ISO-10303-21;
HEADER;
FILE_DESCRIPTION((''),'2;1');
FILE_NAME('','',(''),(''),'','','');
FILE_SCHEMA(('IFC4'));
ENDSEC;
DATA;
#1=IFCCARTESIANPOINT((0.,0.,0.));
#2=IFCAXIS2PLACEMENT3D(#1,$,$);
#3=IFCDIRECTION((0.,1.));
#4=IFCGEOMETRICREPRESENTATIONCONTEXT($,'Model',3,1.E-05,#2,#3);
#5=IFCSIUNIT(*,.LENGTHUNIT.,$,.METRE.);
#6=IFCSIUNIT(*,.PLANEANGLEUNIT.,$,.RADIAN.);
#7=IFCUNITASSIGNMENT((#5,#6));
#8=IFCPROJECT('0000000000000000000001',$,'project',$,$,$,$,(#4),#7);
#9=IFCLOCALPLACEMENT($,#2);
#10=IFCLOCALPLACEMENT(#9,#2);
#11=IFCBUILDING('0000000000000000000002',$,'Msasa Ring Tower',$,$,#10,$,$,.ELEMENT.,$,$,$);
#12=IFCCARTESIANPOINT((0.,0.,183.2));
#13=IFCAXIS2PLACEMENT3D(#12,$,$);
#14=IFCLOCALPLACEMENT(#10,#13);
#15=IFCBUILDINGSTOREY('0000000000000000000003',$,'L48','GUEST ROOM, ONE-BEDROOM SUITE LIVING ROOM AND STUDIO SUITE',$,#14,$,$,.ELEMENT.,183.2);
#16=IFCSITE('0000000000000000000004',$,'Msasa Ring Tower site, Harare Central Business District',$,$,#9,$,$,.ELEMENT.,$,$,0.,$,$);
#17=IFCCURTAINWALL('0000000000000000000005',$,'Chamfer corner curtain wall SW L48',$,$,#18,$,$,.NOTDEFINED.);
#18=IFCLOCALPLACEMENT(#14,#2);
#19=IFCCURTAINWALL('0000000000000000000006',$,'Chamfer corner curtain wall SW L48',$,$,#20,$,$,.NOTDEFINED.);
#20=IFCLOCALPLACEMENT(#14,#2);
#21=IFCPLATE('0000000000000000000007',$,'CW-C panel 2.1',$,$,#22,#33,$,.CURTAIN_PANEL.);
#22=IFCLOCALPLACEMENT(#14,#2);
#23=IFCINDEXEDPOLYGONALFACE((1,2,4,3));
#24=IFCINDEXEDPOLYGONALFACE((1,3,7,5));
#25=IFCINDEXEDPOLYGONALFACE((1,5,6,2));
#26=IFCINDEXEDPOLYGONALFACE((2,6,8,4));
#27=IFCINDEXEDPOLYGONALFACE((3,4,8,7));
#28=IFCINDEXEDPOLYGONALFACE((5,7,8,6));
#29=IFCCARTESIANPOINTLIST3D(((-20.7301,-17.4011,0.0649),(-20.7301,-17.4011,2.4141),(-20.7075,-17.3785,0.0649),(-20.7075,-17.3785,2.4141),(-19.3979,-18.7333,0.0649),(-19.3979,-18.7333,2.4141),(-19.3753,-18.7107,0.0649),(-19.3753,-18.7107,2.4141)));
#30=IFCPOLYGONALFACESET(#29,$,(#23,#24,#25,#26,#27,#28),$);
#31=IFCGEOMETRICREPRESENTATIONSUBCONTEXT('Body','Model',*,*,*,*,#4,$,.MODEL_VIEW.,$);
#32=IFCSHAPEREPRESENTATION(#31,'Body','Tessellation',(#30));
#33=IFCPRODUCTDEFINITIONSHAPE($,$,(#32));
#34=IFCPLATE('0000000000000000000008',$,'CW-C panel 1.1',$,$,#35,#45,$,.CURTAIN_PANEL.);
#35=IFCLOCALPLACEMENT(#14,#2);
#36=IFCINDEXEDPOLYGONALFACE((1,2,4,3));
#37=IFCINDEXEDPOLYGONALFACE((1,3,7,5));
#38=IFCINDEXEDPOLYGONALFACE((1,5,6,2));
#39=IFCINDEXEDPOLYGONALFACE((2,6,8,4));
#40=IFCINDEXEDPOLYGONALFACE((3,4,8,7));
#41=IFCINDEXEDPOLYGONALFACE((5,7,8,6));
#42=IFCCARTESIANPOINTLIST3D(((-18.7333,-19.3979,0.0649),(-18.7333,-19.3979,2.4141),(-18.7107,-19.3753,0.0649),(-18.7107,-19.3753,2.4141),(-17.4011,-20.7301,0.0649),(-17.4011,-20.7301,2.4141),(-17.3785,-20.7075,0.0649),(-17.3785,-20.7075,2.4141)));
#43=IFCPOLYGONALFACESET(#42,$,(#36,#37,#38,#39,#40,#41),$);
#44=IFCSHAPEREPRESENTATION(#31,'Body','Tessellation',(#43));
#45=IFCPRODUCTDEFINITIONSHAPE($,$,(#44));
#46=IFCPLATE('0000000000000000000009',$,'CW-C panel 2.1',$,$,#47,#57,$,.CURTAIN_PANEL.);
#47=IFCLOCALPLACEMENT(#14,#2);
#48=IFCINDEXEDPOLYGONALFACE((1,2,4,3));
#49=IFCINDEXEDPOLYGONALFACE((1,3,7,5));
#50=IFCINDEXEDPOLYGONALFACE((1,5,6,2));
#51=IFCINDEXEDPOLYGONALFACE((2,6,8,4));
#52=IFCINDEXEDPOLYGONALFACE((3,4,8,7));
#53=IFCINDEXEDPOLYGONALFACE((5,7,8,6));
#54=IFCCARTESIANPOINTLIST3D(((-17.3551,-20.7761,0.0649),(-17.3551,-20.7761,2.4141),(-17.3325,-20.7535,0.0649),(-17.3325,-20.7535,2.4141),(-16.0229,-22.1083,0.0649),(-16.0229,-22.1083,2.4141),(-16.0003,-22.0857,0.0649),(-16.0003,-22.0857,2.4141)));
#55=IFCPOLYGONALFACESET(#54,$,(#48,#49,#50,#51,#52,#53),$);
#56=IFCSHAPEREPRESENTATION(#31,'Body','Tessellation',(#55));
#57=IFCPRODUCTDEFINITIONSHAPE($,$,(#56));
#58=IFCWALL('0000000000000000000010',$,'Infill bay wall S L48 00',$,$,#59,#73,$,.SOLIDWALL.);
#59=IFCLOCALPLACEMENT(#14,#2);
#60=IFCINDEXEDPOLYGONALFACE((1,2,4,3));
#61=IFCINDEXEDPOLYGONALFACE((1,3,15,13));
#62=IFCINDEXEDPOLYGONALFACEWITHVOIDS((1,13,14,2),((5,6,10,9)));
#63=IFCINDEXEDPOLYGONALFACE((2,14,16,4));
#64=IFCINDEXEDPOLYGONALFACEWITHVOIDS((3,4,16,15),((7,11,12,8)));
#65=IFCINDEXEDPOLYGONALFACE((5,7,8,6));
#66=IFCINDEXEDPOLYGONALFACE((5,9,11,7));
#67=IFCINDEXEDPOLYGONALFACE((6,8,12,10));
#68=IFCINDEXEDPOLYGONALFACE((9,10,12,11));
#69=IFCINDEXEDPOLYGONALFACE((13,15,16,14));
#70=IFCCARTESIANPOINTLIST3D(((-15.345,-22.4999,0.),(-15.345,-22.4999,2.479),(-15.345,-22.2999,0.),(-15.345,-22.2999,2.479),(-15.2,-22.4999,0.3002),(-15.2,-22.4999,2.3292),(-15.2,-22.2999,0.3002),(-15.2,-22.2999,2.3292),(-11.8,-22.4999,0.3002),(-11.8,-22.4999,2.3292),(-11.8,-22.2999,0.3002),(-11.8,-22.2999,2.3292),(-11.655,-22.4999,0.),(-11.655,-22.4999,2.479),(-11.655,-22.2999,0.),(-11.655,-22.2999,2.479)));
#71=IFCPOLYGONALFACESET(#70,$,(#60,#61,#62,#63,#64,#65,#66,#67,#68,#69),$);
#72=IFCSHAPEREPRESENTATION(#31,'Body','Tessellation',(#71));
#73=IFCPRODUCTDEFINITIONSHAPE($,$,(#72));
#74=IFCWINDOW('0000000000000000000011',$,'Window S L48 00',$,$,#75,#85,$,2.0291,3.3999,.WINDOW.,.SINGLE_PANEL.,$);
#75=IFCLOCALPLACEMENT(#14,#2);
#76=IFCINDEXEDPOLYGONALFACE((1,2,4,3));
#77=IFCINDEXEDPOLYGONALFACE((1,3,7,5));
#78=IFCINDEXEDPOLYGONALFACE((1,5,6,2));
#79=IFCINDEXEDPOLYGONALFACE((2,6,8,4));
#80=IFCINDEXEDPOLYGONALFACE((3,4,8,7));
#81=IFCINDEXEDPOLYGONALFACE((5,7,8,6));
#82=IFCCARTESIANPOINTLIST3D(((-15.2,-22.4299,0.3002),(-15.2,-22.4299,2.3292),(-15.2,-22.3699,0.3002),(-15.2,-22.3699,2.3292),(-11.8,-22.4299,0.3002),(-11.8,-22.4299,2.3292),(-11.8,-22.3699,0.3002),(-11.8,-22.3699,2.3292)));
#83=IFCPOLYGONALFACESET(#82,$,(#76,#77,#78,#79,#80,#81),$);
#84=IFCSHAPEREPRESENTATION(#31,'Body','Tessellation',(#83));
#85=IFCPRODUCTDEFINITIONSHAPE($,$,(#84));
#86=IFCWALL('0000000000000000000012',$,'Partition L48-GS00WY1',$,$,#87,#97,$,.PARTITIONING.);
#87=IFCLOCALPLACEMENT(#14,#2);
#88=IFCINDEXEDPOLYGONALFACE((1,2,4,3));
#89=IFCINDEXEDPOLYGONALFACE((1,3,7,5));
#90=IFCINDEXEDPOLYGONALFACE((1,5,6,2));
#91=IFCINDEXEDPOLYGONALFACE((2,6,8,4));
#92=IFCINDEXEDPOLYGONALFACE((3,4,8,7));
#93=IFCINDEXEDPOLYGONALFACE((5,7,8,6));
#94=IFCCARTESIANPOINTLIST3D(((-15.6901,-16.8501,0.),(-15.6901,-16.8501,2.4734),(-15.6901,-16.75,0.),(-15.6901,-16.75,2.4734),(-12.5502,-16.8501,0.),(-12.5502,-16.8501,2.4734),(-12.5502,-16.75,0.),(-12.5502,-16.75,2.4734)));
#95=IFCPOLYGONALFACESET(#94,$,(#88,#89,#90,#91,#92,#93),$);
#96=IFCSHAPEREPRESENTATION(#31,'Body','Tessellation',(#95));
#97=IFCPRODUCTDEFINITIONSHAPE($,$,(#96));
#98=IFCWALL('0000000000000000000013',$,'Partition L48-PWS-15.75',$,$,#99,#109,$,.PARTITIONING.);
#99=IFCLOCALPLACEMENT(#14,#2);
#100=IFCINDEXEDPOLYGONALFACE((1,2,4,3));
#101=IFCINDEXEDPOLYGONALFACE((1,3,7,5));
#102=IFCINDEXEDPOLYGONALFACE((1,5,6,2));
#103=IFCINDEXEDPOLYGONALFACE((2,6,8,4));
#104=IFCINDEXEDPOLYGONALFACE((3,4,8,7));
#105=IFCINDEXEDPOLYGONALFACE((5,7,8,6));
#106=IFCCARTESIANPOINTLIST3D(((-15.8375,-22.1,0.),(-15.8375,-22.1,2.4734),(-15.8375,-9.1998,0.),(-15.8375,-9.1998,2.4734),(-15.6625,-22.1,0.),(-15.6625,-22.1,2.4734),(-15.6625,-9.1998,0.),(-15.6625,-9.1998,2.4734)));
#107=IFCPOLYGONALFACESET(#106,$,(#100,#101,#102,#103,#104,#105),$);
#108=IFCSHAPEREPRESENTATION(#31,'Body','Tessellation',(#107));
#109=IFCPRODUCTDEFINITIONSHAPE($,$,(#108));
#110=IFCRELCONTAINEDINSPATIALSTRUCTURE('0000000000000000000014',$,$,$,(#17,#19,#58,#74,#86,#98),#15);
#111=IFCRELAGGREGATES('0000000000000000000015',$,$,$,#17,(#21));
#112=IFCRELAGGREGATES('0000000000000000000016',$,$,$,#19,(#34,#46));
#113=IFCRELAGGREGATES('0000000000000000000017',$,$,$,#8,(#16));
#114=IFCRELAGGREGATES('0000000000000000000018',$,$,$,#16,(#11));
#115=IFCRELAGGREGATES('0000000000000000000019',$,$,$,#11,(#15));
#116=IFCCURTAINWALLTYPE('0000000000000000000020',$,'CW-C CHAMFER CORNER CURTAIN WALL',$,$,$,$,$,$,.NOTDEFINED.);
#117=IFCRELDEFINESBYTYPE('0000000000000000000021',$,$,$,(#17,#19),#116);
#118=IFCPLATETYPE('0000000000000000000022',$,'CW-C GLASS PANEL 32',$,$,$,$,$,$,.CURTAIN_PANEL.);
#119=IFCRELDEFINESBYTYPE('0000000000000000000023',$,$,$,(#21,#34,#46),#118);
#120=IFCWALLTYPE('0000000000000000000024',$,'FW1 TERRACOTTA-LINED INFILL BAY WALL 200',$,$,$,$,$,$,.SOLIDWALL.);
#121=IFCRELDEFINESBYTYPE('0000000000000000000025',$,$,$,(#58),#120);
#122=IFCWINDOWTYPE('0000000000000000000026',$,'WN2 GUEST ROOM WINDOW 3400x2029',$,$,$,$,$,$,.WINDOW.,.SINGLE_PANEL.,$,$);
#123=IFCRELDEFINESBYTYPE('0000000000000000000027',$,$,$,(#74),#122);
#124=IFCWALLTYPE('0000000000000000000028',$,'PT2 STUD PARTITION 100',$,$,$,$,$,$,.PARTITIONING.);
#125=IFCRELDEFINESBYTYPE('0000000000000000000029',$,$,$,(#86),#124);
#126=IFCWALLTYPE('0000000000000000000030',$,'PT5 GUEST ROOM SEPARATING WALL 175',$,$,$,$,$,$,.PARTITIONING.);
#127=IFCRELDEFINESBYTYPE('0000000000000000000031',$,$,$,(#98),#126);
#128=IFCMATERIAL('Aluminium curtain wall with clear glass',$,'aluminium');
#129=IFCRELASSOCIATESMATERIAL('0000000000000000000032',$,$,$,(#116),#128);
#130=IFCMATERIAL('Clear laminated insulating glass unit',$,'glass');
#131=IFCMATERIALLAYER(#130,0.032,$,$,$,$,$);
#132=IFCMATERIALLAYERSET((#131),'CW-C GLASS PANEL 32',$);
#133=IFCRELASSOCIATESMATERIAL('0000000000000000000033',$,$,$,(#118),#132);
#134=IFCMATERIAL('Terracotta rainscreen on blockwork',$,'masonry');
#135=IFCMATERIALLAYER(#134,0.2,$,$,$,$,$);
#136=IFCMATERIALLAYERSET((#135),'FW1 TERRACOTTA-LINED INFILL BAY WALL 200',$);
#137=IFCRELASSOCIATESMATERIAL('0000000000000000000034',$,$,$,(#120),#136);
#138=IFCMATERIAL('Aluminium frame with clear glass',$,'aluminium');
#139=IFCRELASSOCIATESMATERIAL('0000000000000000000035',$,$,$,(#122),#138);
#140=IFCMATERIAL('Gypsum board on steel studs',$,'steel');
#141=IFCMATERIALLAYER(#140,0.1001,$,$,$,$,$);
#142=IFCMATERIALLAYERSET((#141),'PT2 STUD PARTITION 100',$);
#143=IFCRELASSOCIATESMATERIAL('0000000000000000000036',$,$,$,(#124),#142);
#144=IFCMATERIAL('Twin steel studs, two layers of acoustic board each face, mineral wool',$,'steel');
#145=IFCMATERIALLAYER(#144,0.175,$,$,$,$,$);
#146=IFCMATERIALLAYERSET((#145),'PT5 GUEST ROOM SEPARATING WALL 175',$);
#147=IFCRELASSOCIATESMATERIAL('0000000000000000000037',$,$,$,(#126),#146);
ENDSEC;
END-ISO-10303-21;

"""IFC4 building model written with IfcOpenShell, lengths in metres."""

from ifc_helpers import new_model, si_unit, direction, frame, frame_2d, origin, origin_2d, place, context, subcontext, project, spatial, rectangle, extrude, material, layer, layer_set, type_object, element, fill, aggregate, save


model = new_model("IFC4")

# Units and contexts
model_context = context("Model", 3, precision=1e-05, world=origin(), true_north=direction((0.0, 1.0)))
body_context = subcontext(model_context, "Body", "Model", "MODEL_VIEW")
ifc_project = project(units=[si_unit("LENGTHUNIT", "METRE"), si_unit("PLANEANGLEUNIT", "RADIAN")], contexts=[model_context])

# Site, building, storey
site_placement = place(None, origin())
site = spatial("IfcSite", under=ifc_project, at=site_placement, Name="Msasa Ring Tower site, Harare Central Business District", CompositionType="ELEMENT", RefElevation=0.0)
building_placement = place(site_placement, origin())
building = spatial("IfcBuilding", under=site, at=building_placement, Name="Msasa Ring Tower", CompositionType="ELEMENT")
storey_placement = place(building_placement, frame((0.0, 0.0, 183.2)))
storey = spatial("IfcBuildingStorey", under=building, at=storey_placement, Name="L48", Description="GUEST ROOM, ONE-BEDROOM SUITE LIVING ROOM AND STUDIO SUITE", CompositionType="ELEMENT", Elevation=183.2)

# Curtain walls
ifc_material_1 = material(Name="Aluminium curtain wall with clear glass", Category="aluminium")
curtain_wall_type = type_object("IfcCurtainWallType", Name="CW-C CHAMFER CORNER CURTAIN WALL", PredefinedType="NOTDEFINED", material=ifc_material_1)
curtain_wall_1_placement = place(storey_placement, origin())
curtain_wall_1 = element("IfcCurtainWall", 1, at=curtain_wall_1_placement, inside=storey, type_object=curtain_wall_type, Name="Chamfer corner curtain wall SW L48", PredefinedType="NOTDEFINED")
curtain_wall_2_placement = place(storey_placement, origin())
curtain_wall_2 = element("IfcCurtainWall", 2, at=curtain_wall_2_placement, inside=storey, type_object=curtain_wall_type, Name="Chamfer corner curtain wall SW L48", PredefinedType="NOTDEFINED")

# Plates
ifc_material_2 = material(Name="Clear laminated insulating glass unit", Category="glass")
ifc_layer_1 = layer(ifc_material_2, 0.032)
ifc_layer_set_1 = layer_set([ifc_layer_1], Name="CW-C GLASS PANEL 32")
plate_type = type_object("IfcPlateType", Name="CW-C GLASS PANEL 32", PredefinedType="CURTAIN_PANEL", material=ifc_layer_set_1)
plate_1_placement = place(storey_placement, frame((-20.0527, -18.0559, 0.0649), z_axis=(0.0, 0.0, 1.0), x_axis=(0.707107, -0.707107, 0.0)))
plate_1 = element("IfcPlate", 3, at=plate_1_placement, type_object=plate_type, Name="CW-C panel 2.1", PredefinedType="CURTAIN_PANEL", context=body_context, shape_type="SweptSolid", body=[
    extrude(rectangle(XDim=1.884, YDim=0.032, at=origin_2d()), origin(), (0.0, 0.0, 1.0), 2.3491),
])
aggregate(curtain_wall_1, [plate_1])
plate_2_placement = place(storey_placement, frame((-18.0559, -20.0527, 0.0649), z_axis=(0.0, 0.0, 1.0), x_axis=(0.707107, -0.707107, 0.0)))
plate_2 = element("IfcPlate", 4, at=plate_2_placement, type_object=plate_type, Name="CW-C panel 1.1", PredefinedType="CURTAIN_PANEL", context=body_context, shape_type="SweptSolid", body=[
    extrude(rectangle(XDim=1.884, YDim=0.032, at=origin_2d()), origin(), (0.0, 0.0, 1.0), 2.3491),
])
plate_3_placement = place(storey_placement, frame((-16.6777, -21.4309, 0.0649), z_axis=(0.0, 0.0, 1.0), x_axis=(0.707107, -0.707107, 0.0)))
plate_3 = element("IfcPlate", 5, at=plate_3_placement, type_object=plate_type, Name="CW-C panel 2.1", PredefinedType="CURTAIN_PANEL", context=body_context, shape_type="SweptSolid", body=[
    extrude(rectangle(XDim=1.884, YDim=0.032, at=origin_2d()), origin(), (0.0, 0.0, 1.0), 2.3491),
])
aggregate(curtain_wall_2, [plate_2, plate_3])

# Wall, opening, window
ifc_material_3 = material(Name="Terracotta rainscreen on blockwork", Category="masonry")
ifc_layer_2 = layer(ifc_material_3, 0.2)
ifc_layer_set_2 = layer_set([ifc_layer_2], Name="FW1 TERRACOTTA-LINED INFILL BAY WALL 200")
wall_type_1 = type_object("IfcWallType", Name="FW1 TERRACOTTA-LINED INFILL BAY WALL 200", PredefinedType="SOLIDWALL", material=ifc_layer_set_2)
wall_1_placement = place(storey_placement, frame((-15.345, -22.3999, 0.0), z_axis=(0.0, 0.0, 1.0), x_axis=(1.0, 0.0, 0.0)))
wall_1 = element("IfcWall", 6, at=wall_1_placement, inside=storey, type_object=wall_type_1, Name="Infill bay wall S L48 00", PredefinedType="SOLIDWALL", context=body_context, shape_type="SweptSolid", body=[
    extrude(rectangle(XDim=3.6899, YDim=0.2, at=frame_2d((1.845, 0.0))), origin(), (0.0, 0.0, 1.0), 2.479),
])
opening_placement = place(wall_1_placement, frame((0.145, 0.0, 0.3)))
opening = element("IfcOpeningElement", 7, at=opening_placement, cuts=wall_1, PredefinedType="OPENING", context=body_context, shape_type="SweptSolid", body=[
    extrude(rectangle(XDim=3.3999, YDim=2.0291, at=frame_2d((1.7, 1.0146))), frame((0.0, 0.1099, 0.0), z_axis=(0.0, -1.0, 0.0), x_axis=(1.0, 0.0, 0.0)), (0.0, 0.0, 1.0), 0.22),
])
ifc_material_4 = material(Name="Aluminium frame with clear glass", Category="aluminium")
window_type = type_object("IfcWindowType", Name="WN2 GUEST ROOM WINDOW 3400x2029", PartitioningType="SINGLE_PANEL", PredefinedType="WINDOW", material=ifc_material_4)
window_placement = place(opening_placement, origin())
window = element("IfcWindow", 8, at=window_placement, inside=storey, type_object=window_type, Name="Window S L48 00", OverallHeight=2.0291, OverallWidth=3.3999, PartitioningType="SINGLE_PANEL", PredefinedType="WINDOW", context=body_context, shape_type="SweptSolid", body=[
    extrude(rectangle(XDim=3.3999, YDim=2.0291, at=frame_2d((1.7, 1.0146))), frame((0.0, 0.03, 0.0), z_axis=(0.0, -1.0, 0.0), x_axis=(1.0, 0.0, 0.0)), (0.0, 0.0, 1.0), 0.0601),
])
fill(opening, window)

# Walls
ifc_material_5 = material(Name="Gypsum board on steel studs", Category="steel")
ifc_layer_3 = layer(ifc_material_5, 0.1001)
ifc_layer_set_3 = layer_set([ifc_layer_3], Name="PT2 STUD PARTITION 100")
wall_type_2 = type_object("IfcWallType", Name="PT2 STUD PARTITION 100", PredefinedType="PARTITIONING", material=ifc_layer_set_3)
wall_2_placement = place(storey_placement, frame((-15.6899, -16.8, 0.0), z_axis=(0.0, 0.0, 1.0), x_axis=(1.0, 0.0, 0.0)))
element("IfcWall", 9, at=wall_2_placement, inside=storey, type_object=wall_type_2, Name="Partition L48-GS00WY1", PredefinedType="PARTITIONING", context=body_context, shape_type="SweptSolid", body=[
    extrude(rectangle(XDim=3.1399, YDim=0.1001, at=frame_2d((1.5698, 0.0))), origin(), (0.0, 0.0, 1.0), 2.4734),
])
ifc_material_6 = material(Name="Twin steel studs, two layers of acoustic board each face, mineral wool", Category="steel")
ifc_layer_4 = layer(ifc_material_6, 0.175)
ifc_layer_set_4 = layer_set([ifc_layer_4], Name="PT5 GUEST ROOM SEPARATING WALL 175")
wall_type_3 = type_object("IfcWallType", Name="PT5 GUEST ROOM SEPARATING WALL 175", PredefinedType="PARTITIONING", material=ifc_layer_set_4)
wall_3_placement = place(storey_placement, frame((-15.75, -22.1001, 0.0), z_axis=(0.0, 0.0, 1.0), x_axis=(0.0, 1.0, 0.0)))
element("IfcWall", 10, at=wall_3_placement, inside=storey, type_object=wall_type_3, Name="Partition L48-PWS-15.75", PredefinedType="PARTITIONING", context=body_context, shape_type="SweptSolid", body=[
    extrude(rectangle(XDim=12.9001, YDim=0.175, at=frame_2d((6.4502, 0.0))), origin(), (0.0, 0.0, 1.0), 2.4734),
])

save(model, "model.ifc")
